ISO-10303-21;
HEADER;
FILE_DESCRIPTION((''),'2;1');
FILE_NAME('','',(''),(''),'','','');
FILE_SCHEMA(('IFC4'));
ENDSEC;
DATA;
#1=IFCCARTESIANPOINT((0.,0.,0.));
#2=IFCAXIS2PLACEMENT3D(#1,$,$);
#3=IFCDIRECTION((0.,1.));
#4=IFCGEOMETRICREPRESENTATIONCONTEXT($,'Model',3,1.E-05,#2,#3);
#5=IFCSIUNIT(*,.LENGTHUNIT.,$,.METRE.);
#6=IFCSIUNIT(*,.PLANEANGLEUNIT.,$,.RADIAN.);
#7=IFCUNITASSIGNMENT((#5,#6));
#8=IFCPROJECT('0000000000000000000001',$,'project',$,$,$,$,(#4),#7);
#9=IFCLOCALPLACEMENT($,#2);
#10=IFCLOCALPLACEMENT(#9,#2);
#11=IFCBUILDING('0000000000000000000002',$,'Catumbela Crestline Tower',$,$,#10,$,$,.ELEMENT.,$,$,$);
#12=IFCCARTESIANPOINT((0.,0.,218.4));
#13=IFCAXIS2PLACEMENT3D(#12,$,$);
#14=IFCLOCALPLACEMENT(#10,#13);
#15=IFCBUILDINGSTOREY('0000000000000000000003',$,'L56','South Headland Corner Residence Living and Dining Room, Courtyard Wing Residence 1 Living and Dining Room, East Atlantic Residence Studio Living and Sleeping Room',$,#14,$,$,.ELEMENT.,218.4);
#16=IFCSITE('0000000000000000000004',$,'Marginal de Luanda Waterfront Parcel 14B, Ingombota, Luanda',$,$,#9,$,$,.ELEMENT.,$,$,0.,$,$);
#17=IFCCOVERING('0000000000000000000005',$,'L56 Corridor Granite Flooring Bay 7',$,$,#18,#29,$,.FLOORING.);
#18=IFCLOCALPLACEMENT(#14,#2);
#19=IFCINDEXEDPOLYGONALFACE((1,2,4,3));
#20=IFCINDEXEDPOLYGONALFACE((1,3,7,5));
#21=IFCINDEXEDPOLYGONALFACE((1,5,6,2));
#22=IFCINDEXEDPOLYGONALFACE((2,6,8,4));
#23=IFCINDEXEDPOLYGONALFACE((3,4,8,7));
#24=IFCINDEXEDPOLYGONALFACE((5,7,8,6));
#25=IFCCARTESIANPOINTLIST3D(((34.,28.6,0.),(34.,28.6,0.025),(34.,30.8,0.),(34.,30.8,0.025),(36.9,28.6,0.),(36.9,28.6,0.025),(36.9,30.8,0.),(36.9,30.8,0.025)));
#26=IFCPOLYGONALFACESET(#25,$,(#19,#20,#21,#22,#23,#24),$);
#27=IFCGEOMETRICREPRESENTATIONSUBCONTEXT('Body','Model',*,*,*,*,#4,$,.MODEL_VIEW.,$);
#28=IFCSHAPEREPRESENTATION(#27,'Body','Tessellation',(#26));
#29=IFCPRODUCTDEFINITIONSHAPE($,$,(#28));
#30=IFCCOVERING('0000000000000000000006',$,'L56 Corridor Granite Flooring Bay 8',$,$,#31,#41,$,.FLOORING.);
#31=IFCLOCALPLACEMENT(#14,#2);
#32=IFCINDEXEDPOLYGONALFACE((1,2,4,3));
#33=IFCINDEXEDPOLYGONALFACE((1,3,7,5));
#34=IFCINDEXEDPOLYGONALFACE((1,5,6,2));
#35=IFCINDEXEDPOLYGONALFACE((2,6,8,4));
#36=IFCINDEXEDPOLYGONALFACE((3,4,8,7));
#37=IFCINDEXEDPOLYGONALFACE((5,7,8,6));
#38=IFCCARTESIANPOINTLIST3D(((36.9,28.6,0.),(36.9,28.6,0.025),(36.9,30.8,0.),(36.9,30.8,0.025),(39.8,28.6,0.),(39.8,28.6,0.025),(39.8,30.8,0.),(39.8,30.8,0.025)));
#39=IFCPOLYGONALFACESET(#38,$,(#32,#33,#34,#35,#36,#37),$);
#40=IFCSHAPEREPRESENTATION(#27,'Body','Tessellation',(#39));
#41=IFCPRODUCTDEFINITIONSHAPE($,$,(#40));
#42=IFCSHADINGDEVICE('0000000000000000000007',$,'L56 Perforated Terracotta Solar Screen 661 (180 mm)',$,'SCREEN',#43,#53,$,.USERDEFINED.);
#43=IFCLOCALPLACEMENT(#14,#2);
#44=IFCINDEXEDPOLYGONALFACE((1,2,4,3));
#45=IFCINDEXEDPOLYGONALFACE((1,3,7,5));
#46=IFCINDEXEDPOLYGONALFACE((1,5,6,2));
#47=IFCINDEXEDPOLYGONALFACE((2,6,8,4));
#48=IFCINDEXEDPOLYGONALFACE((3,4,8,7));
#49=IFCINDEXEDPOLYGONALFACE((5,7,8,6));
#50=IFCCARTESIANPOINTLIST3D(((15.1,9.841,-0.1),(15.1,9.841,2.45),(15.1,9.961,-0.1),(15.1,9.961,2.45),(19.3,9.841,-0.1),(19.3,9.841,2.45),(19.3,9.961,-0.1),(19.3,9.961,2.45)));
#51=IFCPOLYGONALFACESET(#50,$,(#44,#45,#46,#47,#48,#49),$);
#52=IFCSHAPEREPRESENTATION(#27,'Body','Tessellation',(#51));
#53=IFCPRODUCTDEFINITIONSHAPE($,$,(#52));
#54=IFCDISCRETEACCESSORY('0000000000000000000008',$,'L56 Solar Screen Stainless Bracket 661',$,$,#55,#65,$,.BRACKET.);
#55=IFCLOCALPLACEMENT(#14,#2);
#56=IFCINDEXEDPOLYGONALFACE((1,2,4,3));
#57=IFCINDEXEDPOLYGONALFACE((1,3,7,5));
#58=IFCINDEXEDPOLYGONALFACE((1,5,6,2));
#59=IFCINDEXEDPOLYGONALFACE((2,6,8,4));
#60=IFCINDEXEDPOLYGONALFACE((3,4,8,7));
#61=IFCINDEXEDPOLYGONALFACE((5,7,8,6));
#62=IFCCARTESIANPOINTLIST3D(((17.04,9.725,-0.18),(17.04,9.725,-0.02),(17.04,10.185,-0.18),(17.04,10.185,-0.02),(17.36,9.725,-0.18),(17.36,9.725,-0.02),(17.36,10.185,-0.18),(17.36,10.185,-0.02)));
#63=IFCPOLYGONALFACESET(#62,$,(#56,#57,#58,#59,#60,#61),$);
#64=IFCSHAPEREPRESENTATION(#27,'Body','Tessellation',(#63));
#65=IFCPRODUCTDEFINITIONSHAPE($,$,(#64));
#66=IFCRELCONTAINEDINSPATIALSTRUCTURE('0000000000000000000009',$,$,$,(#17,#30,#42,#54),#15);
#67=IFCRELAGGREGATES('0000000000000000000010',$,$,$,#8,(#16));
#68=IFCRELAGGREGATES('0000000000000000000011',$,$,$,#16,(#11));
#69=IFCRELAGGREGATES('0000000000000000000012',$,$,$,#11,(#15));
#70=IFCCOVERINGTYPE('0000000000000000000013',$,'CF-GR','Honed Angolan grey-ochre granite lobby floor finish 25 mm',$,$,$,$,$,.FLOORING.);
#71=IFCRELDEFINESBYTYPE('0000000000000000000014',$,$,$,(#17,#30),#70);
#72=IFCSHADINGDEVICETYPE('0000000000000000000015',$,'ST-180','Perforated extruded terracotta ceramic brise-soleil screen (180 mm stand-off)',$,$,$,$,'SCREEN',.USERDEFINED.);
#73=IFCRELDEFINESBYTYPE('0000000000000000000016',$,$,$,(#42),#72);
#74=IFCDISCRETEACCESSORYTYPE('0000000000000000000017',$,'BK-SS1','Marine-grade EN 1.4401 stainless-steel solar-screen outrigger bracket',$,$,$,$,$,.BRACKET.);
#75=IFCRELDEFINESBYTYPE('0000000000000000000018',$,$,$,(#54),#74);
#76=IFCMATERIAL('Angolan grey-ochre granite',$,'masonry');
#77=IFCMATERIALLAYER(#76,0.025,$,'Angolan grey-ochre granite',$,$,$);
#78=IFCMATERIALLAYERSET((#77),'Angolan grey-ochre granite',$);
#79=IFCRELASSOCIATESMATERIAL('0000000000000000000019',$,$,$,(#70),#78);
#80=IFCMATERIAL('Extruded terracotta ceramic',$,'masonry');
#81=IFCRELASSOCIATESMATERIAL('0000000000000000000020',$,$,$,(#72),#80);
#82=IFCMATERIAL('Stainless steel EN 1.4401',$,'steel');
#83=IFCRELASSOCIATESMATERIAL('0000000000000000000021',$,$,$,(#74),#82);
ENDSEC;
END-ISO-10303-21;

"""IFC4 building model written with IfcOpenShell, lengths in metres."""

from ifc_helpers import new_model, si_unit, direction, frame, origin, origin_2d, place, context, subcontext, project, spatial, polyline, rectangle, outline, extrude, material, layer, layer_set, type_object, element, save


model = new_model("IFC4")

# Units and contexts
model_context = context("Model", 3, precision=1e-05, world=origin(), true_north=direction((0.0, 1.0)))
body_context = subcontext(model_context, "Body", "Model", "MODEL_VIEW")
ifc_project = project(units=[si_unit("LENGTHUNIT", "METRE"), si_unit("PLANEANGLEUNIT", "RADIAN")], contexts=[model_context])

# Site, building, storey
site_placement = place(None, origin())
site = spatial("IfcSite", under=ifc_project, at=site_placement, Name="Marginal de Luanda Waterfront Parcel 14B, Ingombota, Luanda", CompositionType="ELEMENT", RefElevation=0.0)
building_placement = place(site_placement, origin())
building = spatial("IfcBuilding", under=site, at=building_placement, Name="Catumbela Crestline Tower", CompositionType="ELEMENT")
storey_placement = place(building_placement, frame((0.0, 0.0, 218.4)))
storey = spatial("IfcBuildingStorey", under=building, at=storey_placement, Name="L56", Description="South Headland Corner Residence Living and Dining Room, Courtyard Wing Residence 1 Living and Dining Room, East Atlantic Residence Studio Living and Sleeping Room", CompositionType="ELEMENT", Elevation=218.4)

# Shared definitions
ifc_material_1 = material(Name="Angolan grey-ochre granite", Category="masonry")

# Coverings
ifc_layer_1 = layer(ifc_material_1, 0.025, Name="Angolan grey-ochre granite")
ifc_layer_set_1 = layer_set([ifc_layer_1], Name="Angolan grey-ochre granite")
covering_type_1 = type_object("IfcCoveringType", Name="CF-GR", Description="Honed Angolan grey-ochre granite lobby floor finish 25 mm", PredefinedType="FLOORING", material=ifc_layer_set_1)
covering_1_placement = place(storey_placement, origin())
element("IfcCovering", 1, at=covering_1_placement, inside=storey, type_object=covering_type_1, Name="L56 Corridor Granite Flooring Bay 7", PredefinedType="FLOORING", context=body_context, shape_type="SweptSolid", body=[
    extrude(outline(polyline([(34.0, 28.6), (36.9, 28.6), (36.9, 30.8), (34.0, 30.8), (34.0, 28.6)])), origin(), (0.0, 0.0, 1.0), 0.025),
])
covering_2_placement = place(storey_placement, origin())
element("IfcCovering", 2, at=covering_2_placement, inside=storey, type_object=covering_type_1, Name="L56 Corridor Granite Flooring Bay 8", PredefinedType="FLOORING", context=body_context, shape_type="SweptSolid", body=[
    extrude(outline(polyline([(36.9, 28.6), (39.8, 28.6), (39.8, 30.8), (36.9, 30.8), (36.9, 28.6)])), origin(), (0.0, 0.0, 1.0), 0.025),
])

# Shared definitions
ifc_material_2 = material(Name="Stainless steel EN 1.4401", Category="steel")

# Shading device
ifc_material_3 = material(Name="Extruded terracotta ceramic", Category="masonry")
shading_device_type = type_object("IfcShadingDeviceType", Name="ST-180", Description="Perforated extruded terracotta ceramic brise-soleil screen (180 mm stand-off)", ElementType="SCREEN", PredefinedType="USERDEFINED", material=ifc_material_3)
shading_device_placement = place(storey_placement, frame((17.2, 9.901, -0.1), z_axis=(0.0, 0.0, 1.0), x_axis=(1.0, 0.0, 0.0)))
element("IfcShadingDevice", 3, at=shading_device_placement, inside=storey, type_object=shading_device_type, Name="L56 Perforated Terracotta Solar Screen 661 (180 mm)", ObjectType="SCREEN", PredefinedType="USERDEFINED", context=body_context, shape_type="SweptSolid", body=[
    extrude(rectangle(XDim=4.2, YDim=0.12, at=origin_2d()), origin(), (0.0, 0.0, 1.0), 2.55),
])

# Discrete accessory
discrete_accessory_type = type_object("IfcDiscreteAccessoryType", Name="BK-SS1", Description="Marine-grade EN 1.4401 stainless-steel solar-screen outrigger bracket", PredefinedType="BRACKET", material=ifc_material_2)
discrete_accessory_placement = place(storey_placement, frame((17.2, 9.955, -0.18), z_axis=(0.0, 0.0, 1.0), x_axis=(1.0, 0.0, 0.0)))
element("IfcDiscreteAccessory", 4, at=discrete_accessory_placement, inside=storey, type_object=discrete_accessory_type, Name="L56 Solar Screen Stainless Bracket 661", PredefinedType="BRACKET", context=body_context, shape_type="SweptSolid", body=[
    extrude(rectangle(XDim=0.32, YDim=0.46, at=origin_2d()), origin(), (0.0, 0.0, 1.0), 0.16),
])

save(model, "model.ifc")
